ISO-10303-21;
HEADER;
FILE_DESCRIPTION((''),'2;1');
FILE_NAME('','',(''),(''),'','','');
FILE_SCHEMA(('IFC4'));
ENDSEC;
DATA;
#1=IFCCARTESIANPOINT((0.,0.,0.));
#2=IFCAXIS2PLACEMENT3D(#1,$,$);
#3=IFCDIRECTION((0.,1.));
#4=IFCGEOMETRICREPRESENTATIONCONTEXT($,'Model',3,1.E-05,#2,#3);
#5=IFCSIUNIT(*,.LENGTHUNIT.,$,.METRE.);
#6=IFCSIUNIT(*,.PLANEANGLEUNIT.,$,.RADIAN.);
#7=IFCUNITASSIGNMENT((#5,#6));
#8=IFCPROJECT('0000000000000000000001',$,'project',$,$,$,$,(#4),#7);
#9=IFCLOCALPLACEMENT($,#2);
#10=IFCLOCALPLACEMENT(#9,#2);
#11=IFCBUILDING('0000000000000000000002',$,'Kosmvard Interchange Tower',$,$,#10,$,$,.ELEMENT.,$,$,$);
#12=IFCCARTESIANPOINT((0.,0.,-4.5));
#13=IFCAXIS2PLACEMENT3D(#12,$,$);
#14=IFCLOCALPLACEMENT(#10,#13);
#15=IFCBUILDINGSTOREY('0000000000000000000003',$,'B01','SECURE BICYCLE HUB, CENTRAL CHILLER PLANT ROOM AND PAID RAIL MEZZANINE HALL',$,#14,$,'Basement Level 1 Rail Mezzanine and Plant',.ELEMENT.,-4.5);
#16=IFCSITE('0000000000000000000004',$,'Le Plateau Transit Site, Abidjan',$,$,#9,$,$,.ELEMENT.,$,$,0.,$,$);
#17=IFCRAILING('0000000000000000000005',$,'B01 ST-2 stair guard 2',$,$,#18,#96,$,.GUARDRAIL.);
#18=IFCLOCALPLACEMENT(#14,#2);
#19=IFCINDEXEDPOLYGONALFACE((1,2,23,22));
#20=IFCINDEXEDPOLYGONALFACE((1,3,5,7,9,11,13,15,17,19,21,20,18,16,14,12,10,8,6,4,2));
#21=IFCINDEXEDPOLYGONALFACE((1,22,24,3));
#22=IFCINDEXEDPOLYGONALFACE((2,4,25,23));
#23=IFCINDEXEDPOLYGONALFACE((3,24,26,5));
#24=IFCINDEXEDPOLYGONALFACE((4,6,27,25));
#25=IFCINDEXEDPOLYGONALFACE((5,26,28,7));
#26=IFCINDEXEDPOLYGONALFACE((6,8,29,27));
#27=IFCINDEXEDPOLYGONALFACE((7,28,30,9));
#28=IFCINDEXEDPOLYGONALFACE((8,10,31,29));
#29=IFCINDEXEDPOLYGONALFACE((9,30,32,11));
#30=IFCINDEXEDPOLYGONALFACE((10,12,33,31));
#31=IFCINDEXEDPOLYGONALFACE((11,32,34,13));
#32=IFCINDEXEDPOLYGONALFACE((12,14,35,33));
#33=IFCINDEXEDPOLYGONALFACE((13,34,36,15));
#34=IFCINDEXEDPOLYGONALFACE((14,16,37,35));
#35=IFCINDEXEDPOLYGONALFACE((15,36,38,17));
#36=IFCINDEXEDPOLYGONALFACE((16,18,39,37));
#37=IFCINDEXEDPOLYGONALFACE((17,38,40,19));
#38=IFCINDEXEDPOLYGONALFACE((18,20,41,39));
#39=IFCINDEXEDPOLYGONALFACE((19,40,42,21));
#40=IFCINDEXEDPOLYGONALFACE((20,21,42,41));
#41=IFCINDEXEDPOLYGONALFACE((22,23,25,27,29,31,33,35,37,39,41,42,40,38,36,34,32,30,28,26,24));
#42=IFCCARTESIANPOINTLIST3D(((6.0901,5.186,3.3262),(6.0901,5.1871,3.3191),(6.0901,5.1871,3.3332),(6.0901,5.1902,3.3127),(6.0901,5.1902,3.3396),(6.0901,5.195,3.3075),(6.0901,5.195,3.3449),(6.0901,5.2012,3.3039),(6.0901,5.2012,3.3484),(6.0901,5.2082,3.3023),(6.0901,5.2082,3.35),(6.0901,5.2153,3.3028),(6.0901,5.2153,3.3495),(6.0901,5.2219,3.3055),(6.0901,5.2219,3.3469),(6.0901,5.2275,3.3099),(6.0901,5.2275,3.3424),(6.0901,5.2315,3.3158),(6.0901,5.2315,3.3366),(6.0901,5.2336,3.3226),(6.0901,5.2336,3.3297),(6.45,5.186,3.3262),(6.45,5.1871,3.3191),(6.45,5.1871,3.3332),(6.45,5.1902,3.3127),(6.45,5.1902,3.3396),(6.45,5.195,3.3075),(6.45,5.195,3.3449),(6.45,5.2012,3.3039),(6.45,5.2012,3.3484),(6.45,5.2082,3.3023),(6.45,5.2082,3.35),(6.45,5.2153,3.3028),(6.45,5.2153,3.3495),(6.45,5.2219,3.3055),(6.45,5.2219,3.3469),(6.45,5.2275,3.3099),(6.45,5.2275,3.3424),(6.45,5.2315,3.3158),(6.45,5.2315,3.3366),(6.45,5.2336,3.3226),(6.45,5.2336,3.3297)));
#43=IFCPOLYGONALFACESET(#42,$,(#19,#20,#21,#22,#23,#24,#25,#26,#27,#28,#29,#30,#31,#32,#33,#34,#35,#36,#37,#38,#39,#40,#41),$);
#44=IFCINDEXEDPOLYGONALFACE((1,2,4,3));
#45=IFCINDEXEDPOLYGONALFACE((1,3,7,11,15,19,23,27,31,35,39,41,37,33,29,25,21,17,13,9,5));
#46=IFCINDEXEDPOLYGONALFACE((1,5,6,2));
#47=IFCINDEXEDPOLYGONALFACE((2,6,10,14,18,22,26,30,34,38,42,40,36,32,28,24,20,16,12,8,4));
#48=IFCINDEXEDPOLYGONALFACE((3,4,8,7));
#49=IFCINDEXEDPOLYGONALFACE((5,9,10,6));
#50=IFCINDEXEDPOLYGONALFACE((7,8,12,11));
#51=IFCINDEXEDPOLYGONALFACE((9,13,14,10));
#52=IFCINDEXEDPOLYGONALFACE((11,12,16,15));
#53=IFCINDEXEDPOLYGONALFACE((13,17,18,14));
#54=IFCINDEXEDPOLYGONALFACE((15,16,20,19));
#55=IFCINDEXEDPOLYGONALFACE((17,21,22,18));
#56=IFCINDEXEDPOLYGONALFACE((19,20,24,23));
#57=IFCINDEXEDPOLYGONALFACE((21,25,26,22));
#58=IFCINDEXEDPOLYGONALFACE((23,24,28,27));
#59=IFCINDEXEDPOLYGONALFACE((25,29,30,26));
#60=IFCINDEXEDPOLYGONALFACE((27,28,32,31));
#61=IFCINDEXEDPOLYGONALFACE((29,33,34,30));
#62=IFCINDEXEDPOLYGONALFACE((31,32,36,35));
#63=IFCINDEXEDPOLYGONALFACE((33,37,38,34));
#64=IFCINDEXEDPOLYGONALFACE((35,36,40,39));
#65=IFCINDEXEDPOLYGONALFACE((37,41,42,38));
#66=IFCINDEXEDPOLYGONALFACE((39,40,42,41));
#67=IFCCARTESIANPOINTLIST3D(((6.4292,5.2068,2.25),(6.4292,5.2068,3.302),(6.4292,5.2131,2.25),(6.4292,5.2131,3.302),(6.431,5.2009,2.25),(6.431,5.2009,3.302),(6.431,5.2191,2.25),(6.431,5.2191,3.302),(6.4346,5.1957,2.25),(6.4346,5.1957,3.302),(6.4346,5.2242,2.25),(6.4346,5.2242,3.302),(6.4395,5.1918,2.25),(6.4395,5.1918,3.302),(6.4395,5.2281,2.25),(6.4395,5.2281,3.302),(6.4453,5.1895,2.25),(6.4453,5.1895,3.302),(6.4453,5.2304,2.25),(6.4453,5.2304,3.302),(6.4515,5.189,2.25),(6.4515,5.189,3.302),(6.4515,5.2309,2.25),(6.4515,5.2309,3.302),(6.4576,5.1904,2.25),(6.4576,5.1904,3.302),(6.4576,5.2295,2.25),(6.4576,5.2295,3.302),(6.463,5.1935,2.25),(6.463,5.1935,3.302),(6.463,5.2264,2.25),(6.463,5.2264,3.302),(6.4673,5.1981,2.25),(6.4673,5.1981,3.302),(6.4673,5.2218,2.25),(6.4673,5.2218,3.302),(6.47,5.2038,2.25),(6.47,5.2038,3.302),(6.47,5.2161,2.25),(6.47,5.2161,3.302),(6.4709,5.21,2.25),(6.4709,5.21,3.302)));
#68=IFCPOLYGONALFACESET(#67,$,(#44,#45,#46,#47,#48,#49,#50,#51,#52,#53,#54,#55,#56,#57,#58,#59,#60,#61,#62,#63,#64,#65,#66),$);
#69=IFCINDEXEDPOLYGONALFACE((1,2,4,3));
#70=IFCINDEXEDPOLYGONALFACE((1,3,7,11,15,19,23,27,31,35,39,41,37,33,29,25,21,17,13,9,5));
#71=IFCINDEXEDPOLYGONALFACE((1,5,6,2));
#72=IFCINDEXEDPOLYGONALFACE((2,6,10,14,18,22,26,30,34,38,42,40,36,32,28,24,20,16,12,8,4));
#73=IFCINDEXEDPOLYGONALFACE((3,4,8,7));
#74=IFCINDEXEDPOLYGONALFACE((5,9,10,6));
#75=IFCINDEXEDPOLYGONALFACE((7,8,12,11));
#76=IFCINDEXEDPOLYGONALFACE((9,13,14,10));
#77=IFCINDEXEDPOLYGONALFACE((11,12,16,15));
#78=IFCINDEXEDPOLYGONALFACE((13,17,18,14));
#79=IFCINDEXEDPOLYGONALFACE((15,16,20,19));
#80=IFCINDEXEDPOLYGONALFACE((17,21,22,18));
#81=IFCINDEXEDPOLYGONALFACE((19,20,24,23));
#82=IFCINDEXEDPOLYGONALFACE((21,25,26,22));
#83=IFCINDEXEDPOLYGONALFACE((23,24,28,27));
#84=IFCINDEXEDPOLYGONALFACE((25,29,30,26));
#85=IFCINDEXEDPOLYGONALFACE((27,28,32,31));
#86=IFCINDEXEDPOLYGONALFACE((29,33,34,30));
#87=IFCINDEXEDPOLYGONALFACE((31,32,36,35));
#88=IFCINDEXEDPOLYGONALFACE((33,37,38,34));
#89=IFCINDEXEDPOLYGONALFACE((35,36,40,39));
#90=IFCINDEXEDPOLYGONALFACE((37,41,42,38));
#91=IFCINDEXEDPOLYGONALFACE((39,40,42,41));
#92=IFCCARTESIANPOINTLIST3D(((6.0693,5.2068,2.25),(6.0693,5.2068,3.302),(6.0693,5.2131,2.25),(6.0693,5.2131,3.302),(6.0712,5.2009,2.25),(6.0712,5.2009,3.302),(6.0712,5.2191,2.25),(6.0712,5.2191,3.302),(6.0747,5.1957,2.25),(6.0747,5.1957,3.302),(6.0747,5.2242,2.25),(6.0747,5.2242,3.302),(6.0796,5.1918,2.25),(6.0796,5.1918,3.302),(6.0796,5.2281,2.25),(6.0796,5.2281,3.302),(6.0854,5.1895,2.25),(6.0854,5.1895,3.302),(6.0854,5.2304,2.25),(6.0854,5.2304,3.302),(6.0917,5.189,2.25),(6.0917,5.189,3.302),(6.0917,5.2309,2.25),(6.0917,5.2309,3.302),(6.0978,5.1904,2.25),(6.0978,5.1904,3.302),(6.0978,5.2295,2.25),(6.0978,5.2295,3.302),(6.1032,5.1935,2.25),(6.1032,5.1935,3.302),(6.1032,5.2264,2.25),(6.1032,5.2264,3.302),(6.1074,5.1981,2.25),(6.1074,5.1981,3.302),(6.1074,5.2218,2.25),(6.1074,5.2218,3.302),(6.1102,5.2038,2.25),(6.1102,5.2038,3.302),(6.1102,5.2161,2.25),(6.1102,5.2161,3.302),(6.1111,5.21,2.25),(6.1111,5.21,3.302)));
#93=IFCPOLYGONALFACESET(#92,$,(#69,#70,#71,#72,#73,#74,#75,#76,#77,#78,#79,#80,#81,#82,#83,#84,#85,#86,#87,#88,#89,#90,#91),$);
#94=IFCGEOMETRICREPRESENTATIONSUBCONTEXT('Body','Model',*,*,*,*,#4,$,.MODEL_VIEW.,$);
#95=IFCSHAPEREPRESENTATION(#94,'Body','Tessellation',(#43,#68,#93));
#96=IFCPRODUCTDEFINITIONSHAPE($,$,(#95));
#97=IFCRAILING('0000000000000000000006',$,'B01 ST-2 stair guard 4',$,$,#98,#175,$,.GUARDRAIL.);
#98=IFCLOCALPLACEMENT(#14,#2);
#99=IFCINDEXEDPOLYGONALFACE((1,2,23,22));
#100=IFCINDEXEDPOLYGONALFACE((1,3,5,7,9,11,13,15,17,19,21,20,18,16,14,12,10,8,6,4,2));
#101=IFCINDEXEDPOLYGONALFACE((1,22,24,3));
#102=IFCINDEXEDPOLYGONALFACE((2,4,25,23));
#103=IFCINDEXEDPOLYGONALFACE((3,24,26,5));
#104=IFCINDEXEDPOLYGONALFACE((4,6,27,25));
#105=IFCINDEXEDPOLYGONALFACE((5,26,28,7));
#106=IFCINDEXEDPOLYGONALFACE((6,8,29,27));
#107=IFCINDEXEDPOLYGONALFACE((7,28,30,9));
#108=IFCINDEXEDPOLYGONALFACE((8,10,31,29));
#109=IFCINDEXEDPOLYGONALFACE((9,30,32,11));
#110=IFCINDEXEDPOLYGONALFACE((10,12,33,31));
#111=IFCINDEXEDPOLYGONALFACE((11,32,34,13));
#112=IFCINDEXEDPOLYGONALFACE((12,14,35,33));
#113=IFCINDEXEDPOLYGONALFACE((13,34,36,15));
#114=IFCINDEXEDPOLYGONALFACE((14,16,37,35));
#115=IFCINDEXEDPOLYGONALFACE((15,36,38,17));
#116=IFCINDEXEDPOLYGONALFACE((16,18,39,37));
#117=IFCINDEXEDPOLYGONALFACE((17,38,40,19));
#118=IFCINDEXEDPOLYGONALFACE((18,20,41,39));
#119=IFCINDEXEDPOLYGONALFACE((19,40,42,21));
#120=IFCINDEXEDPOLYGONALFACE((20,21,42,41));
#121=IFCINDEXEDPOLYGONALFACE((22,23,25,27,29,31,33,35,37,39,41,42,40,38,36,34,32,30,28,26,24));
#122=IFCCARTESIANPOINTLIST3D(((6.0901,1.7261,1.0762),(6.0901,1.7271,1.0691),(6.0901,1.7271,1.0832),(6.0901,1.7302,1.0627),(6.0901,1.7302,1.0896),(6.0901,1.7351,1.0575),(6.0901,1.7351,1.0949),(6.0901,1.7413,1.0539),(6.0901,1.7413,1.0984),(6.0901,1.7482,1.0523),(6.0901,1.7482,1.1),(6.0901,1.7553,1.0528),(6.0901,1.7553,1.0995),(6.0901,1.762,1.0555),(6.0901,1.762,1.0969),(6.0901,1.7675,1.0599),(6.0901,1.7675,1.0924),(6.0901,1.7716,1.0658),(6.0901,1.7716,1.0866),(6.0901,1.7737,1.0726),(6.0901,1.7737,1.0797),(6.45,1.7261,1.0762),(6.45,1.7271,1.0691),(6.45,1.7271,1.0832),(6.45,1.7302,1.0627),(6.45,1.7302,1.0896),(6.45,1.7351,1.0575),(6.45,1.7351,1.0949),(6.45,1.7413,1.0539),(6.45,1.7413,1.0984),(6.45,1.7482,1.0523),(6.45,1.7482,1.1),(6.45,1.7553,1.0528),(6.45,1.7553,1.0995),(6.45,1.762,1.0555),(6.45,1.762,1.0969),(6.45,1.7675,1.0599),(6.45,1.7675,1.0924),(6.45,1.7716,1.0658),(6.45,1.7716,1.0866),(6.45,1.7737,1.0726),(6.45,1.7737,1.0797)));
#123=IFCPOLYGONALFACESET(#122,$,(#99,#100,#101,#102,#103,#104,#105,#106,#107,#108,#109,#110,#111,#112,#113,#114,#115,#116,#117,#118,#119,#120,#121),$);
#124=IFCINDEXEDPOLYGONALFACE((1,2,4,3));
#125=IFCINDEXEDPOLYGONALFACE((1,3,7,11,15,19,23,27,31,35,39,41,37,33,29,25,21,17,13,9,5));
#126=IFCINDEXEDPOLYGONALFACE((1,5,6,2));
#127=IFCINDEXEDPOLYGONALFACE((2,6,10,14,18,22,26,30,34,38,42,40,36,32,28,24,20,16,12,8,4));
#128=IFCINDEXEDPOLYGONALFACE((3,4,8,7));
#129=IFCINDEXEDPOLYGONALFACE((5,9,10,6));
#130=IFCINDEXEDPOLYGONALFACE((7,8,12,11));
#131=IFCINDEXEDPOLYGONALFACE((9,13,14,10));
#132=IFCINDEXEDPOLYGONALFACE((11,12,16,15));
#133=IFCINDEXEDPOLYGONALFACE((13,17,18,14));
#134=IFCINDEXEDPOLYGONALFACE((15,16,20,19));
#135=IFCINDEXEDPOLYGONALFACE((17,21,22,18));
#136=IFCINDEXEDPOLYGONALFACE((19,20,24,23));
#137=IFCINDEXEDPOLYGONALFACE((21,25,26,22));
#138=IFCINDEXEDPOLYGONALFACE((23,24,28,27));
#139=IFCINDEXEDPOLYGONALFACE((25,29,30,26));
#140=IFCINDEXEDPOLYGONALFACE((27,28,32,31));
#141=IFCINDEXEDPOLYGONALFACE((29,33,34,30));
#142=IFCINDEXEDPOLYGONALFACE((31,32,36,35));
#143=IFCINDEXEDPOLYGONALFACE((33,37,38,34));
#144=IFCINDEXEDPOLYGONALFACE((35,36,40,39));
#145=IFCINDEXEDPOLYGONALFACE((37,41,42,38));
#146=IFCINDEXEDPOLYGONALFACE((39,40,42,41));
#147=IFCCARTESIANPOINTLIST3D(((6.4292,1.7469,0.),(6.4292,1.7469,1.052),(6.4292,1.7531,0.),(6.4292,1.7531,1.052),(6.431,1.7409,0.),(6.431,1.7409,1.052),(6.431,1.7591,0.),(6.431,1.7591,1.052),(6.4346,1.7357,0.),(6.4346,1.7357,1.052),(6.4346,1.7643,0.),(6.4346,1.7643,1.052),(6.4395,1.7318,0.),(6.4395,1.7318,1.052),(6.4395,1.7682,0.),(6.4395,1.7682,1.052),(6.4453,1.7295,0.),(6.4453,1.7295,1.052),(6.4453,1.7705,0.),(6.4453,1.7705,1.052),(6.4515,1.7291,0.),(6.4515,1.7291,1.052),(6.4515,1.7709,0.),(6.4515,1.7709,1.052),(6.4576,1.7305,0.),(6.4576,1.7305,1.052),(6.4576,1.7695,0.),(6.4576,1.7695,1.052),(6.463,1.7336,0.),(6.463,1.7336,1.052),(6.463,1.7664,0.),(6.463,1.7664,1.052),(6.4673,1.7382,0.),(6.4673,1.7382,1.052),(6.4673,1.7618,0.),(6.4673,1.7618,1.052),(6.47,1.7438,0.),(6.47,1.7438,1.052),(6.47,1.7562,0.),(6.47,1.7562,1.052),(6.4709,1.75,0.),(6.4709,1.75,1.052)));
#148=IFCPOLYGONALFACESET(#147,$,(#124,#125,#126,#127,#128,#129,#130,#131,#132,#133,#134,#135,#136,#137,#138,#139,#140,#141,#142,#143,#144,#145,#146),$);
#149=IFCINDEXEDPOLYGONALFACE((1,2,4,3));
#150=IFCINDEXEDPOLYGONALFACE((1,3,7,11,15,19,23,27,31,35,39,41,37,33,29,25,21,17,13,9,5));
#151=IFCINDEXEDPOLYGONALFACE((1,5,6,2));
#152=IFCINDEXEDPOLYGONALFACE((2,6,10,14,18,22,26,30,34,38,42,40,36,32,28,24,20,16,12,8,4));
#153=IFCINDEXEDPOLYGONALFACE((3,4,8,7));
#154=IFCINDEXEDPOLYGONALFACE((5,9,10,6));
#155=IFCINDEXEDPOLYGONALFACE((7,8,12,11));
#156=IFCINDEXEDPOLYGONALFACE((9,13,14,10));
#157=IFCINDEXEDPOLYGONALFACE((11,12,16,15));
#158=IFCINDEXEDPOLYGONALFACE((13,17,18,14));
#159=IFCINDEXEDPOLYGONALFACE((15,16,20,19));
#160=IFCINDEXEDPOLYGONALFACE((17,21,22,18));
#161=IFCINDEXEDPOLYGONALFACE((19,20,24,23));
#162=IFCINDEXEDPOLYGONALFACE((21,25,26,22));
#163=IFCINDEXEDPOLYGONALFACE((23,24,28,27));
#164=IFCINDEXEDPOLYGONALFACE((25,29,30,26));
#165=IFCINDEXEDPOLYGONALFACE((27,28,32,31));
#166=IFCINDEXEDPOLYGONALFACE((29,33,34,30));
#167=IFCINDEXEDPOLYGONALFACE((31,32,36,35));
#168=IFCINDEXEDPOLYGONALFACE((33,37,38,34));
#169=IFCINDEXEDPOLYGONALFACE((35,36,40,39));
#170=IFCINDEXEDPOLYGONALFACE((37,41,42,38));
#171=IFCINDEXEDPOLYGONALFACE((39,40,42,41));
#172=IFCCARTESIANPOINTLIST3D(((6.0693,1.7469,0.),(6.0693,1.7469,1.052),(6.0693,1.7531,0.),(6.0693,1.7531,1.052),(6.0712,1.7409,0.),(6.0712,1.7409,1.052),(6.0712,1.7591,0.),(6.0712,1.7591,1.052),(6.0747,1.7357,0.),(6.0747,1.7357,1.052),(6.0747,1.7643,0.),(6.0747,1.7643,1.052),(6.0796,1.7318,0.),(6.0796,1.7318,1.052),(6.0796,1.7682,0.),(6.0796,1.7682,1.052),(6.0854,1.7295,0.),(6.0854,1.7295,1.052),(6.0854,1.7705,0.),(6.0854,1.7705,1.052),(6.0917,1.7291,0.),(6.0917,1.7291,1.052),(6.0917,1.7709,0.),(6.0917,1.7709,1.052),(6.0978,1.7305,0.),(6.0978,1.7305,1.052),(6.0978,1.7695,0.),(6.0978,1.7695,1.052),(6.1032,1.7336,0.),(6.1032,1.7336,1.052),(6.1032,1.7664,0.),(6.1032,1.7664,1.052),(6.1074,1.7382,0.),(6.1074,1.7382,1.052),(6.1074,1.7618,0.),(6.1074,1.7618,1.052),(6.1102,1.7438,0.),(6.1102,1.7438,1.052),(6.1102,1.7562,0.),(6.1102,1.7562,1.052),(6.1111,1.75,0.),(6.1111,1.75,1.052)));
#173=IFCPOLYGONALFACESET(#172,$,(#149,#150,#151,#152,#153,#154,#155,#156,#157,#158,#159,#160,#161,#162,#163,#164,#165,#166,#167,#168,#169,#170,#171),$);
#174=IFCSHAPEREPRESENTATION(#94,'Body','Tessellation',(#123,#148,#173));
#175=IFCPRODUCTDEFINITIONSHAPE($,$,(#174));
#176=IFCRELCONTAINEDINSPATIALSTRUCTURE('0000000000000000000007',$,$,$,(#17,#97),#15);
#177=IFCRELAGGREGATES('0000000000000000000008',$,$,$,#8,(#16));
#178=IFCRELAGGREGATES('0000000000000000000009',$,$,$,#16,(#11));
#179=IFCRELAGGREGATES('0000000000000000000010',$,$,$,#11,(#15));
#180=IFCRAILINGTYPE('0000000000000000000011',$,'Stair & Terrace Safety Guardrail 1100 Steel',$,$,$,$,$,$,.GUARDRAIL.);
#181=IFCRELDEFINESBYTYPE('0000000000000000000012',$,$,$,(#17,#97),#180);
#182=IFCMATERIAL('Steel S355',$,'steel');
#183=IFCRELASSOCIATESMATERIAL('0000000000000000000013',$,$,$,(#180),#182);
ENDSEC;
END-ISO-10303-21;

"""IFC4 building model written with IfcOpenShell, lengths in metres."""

from ifc_helpers import new_model, si_unit, direction, frame, origin, origin_2d, place, context, subcontext, project, spatial, circle, extrude, source, transform, mapped, material, type_object, element, save


model = new_model("IFC4")

# Units and contexts
model_context = context("Model", 3, precision=1e-05, world=origin(), true_north=direction((0.0, 1.0)))
body_context = subcontext(model_context, "Body", "Model", "MODEL_VIEW")
ifc_project = project(units=[si_unit("LENGTHUNIT", "METRE"), si_unit("PLANEANGLEUNIT", "RADIAN")], contexts=[model_context])

# Site, building, storey
site_placement = place(None, origin())
site = spatial("IfcSite", under=ifc_project, at=site_placement, Name="Le Plateau Transit Site, Abidjan", CompositionType="ELEMENT", RefElevation=0.0)
building_placement = place(site_placement, origin())
building = spatial("IfcBuilding", under=site, at=building_placement, Name="Kosmvard Interchange Tower", CompositionType="ELEMENT")
storey_placement = place(building_placement, frame((0.0, 0.0, -4.5)))
storey = spatial("IfcBuildingStorey", under=building, at=storey_placement, Name="B01", Description="SECURE BICYCLE HUB, CENTRAL CHILLER PLANT ROOM AND PAID RAIL MEZZANINE HALL", LongName="Basement Level 1 Rail Mezzanine and Plant", CompositionType="ELEMENT", Elevation=-4.5)

# Shared definitions
ifc_material_1 = material(Name="Steel S355", Category="steel")

# Railings
railing_type_1 = type_object("IfcRailingType", Name="Stair & Terrace Safety Guardrail 1100 Steel", PredefinedType="GUARDRAIL", material=ifc_material_1)
shared_shape_1 = source(origin(), body_context, "Body", "SweptSolid", [
    extrude(circle(Radius=0.0239, at=origin_2d()), frame((0.0, 0.0, 1.0762), z_axis=(-1.0, 0.0, 0.0), x_axis=(0.0, -1.0, 0.0)), (0.0, 0.0, 1.0), 0.3599),
    extrude(circle(Radius=0.021, at=origin_2d()), origin(), (0.0, 0.0, 1.0), 1.052),
    extrude(circle(Radius=0.021, at=origin_2d()), frame((-0.3599, 0.0, 0.0)), (0.0, 0.0, 1.0), 1.052),
])
for number, where, name in (
    (1, (6.45, 5.21, 2.25), "B01 ST-2 stair guard 2"),
    (2, (6.45, 1.75, 0.0), "B01 ST-2 stair guard 4"),
):
    element("IfcRailing", number, at=place(storey_placement, frame(where)), inside=storey, type_object=railing_type_1, Name=name, PredefinedType="GUARDRAIL", context=body_context, shape_type="MappedRepresentation", body=[
        mapped(shared_shape_1, transform((0.0, 0.0, 0.0), scale=1.0)),
    ])

save(model, "model.ifc")
